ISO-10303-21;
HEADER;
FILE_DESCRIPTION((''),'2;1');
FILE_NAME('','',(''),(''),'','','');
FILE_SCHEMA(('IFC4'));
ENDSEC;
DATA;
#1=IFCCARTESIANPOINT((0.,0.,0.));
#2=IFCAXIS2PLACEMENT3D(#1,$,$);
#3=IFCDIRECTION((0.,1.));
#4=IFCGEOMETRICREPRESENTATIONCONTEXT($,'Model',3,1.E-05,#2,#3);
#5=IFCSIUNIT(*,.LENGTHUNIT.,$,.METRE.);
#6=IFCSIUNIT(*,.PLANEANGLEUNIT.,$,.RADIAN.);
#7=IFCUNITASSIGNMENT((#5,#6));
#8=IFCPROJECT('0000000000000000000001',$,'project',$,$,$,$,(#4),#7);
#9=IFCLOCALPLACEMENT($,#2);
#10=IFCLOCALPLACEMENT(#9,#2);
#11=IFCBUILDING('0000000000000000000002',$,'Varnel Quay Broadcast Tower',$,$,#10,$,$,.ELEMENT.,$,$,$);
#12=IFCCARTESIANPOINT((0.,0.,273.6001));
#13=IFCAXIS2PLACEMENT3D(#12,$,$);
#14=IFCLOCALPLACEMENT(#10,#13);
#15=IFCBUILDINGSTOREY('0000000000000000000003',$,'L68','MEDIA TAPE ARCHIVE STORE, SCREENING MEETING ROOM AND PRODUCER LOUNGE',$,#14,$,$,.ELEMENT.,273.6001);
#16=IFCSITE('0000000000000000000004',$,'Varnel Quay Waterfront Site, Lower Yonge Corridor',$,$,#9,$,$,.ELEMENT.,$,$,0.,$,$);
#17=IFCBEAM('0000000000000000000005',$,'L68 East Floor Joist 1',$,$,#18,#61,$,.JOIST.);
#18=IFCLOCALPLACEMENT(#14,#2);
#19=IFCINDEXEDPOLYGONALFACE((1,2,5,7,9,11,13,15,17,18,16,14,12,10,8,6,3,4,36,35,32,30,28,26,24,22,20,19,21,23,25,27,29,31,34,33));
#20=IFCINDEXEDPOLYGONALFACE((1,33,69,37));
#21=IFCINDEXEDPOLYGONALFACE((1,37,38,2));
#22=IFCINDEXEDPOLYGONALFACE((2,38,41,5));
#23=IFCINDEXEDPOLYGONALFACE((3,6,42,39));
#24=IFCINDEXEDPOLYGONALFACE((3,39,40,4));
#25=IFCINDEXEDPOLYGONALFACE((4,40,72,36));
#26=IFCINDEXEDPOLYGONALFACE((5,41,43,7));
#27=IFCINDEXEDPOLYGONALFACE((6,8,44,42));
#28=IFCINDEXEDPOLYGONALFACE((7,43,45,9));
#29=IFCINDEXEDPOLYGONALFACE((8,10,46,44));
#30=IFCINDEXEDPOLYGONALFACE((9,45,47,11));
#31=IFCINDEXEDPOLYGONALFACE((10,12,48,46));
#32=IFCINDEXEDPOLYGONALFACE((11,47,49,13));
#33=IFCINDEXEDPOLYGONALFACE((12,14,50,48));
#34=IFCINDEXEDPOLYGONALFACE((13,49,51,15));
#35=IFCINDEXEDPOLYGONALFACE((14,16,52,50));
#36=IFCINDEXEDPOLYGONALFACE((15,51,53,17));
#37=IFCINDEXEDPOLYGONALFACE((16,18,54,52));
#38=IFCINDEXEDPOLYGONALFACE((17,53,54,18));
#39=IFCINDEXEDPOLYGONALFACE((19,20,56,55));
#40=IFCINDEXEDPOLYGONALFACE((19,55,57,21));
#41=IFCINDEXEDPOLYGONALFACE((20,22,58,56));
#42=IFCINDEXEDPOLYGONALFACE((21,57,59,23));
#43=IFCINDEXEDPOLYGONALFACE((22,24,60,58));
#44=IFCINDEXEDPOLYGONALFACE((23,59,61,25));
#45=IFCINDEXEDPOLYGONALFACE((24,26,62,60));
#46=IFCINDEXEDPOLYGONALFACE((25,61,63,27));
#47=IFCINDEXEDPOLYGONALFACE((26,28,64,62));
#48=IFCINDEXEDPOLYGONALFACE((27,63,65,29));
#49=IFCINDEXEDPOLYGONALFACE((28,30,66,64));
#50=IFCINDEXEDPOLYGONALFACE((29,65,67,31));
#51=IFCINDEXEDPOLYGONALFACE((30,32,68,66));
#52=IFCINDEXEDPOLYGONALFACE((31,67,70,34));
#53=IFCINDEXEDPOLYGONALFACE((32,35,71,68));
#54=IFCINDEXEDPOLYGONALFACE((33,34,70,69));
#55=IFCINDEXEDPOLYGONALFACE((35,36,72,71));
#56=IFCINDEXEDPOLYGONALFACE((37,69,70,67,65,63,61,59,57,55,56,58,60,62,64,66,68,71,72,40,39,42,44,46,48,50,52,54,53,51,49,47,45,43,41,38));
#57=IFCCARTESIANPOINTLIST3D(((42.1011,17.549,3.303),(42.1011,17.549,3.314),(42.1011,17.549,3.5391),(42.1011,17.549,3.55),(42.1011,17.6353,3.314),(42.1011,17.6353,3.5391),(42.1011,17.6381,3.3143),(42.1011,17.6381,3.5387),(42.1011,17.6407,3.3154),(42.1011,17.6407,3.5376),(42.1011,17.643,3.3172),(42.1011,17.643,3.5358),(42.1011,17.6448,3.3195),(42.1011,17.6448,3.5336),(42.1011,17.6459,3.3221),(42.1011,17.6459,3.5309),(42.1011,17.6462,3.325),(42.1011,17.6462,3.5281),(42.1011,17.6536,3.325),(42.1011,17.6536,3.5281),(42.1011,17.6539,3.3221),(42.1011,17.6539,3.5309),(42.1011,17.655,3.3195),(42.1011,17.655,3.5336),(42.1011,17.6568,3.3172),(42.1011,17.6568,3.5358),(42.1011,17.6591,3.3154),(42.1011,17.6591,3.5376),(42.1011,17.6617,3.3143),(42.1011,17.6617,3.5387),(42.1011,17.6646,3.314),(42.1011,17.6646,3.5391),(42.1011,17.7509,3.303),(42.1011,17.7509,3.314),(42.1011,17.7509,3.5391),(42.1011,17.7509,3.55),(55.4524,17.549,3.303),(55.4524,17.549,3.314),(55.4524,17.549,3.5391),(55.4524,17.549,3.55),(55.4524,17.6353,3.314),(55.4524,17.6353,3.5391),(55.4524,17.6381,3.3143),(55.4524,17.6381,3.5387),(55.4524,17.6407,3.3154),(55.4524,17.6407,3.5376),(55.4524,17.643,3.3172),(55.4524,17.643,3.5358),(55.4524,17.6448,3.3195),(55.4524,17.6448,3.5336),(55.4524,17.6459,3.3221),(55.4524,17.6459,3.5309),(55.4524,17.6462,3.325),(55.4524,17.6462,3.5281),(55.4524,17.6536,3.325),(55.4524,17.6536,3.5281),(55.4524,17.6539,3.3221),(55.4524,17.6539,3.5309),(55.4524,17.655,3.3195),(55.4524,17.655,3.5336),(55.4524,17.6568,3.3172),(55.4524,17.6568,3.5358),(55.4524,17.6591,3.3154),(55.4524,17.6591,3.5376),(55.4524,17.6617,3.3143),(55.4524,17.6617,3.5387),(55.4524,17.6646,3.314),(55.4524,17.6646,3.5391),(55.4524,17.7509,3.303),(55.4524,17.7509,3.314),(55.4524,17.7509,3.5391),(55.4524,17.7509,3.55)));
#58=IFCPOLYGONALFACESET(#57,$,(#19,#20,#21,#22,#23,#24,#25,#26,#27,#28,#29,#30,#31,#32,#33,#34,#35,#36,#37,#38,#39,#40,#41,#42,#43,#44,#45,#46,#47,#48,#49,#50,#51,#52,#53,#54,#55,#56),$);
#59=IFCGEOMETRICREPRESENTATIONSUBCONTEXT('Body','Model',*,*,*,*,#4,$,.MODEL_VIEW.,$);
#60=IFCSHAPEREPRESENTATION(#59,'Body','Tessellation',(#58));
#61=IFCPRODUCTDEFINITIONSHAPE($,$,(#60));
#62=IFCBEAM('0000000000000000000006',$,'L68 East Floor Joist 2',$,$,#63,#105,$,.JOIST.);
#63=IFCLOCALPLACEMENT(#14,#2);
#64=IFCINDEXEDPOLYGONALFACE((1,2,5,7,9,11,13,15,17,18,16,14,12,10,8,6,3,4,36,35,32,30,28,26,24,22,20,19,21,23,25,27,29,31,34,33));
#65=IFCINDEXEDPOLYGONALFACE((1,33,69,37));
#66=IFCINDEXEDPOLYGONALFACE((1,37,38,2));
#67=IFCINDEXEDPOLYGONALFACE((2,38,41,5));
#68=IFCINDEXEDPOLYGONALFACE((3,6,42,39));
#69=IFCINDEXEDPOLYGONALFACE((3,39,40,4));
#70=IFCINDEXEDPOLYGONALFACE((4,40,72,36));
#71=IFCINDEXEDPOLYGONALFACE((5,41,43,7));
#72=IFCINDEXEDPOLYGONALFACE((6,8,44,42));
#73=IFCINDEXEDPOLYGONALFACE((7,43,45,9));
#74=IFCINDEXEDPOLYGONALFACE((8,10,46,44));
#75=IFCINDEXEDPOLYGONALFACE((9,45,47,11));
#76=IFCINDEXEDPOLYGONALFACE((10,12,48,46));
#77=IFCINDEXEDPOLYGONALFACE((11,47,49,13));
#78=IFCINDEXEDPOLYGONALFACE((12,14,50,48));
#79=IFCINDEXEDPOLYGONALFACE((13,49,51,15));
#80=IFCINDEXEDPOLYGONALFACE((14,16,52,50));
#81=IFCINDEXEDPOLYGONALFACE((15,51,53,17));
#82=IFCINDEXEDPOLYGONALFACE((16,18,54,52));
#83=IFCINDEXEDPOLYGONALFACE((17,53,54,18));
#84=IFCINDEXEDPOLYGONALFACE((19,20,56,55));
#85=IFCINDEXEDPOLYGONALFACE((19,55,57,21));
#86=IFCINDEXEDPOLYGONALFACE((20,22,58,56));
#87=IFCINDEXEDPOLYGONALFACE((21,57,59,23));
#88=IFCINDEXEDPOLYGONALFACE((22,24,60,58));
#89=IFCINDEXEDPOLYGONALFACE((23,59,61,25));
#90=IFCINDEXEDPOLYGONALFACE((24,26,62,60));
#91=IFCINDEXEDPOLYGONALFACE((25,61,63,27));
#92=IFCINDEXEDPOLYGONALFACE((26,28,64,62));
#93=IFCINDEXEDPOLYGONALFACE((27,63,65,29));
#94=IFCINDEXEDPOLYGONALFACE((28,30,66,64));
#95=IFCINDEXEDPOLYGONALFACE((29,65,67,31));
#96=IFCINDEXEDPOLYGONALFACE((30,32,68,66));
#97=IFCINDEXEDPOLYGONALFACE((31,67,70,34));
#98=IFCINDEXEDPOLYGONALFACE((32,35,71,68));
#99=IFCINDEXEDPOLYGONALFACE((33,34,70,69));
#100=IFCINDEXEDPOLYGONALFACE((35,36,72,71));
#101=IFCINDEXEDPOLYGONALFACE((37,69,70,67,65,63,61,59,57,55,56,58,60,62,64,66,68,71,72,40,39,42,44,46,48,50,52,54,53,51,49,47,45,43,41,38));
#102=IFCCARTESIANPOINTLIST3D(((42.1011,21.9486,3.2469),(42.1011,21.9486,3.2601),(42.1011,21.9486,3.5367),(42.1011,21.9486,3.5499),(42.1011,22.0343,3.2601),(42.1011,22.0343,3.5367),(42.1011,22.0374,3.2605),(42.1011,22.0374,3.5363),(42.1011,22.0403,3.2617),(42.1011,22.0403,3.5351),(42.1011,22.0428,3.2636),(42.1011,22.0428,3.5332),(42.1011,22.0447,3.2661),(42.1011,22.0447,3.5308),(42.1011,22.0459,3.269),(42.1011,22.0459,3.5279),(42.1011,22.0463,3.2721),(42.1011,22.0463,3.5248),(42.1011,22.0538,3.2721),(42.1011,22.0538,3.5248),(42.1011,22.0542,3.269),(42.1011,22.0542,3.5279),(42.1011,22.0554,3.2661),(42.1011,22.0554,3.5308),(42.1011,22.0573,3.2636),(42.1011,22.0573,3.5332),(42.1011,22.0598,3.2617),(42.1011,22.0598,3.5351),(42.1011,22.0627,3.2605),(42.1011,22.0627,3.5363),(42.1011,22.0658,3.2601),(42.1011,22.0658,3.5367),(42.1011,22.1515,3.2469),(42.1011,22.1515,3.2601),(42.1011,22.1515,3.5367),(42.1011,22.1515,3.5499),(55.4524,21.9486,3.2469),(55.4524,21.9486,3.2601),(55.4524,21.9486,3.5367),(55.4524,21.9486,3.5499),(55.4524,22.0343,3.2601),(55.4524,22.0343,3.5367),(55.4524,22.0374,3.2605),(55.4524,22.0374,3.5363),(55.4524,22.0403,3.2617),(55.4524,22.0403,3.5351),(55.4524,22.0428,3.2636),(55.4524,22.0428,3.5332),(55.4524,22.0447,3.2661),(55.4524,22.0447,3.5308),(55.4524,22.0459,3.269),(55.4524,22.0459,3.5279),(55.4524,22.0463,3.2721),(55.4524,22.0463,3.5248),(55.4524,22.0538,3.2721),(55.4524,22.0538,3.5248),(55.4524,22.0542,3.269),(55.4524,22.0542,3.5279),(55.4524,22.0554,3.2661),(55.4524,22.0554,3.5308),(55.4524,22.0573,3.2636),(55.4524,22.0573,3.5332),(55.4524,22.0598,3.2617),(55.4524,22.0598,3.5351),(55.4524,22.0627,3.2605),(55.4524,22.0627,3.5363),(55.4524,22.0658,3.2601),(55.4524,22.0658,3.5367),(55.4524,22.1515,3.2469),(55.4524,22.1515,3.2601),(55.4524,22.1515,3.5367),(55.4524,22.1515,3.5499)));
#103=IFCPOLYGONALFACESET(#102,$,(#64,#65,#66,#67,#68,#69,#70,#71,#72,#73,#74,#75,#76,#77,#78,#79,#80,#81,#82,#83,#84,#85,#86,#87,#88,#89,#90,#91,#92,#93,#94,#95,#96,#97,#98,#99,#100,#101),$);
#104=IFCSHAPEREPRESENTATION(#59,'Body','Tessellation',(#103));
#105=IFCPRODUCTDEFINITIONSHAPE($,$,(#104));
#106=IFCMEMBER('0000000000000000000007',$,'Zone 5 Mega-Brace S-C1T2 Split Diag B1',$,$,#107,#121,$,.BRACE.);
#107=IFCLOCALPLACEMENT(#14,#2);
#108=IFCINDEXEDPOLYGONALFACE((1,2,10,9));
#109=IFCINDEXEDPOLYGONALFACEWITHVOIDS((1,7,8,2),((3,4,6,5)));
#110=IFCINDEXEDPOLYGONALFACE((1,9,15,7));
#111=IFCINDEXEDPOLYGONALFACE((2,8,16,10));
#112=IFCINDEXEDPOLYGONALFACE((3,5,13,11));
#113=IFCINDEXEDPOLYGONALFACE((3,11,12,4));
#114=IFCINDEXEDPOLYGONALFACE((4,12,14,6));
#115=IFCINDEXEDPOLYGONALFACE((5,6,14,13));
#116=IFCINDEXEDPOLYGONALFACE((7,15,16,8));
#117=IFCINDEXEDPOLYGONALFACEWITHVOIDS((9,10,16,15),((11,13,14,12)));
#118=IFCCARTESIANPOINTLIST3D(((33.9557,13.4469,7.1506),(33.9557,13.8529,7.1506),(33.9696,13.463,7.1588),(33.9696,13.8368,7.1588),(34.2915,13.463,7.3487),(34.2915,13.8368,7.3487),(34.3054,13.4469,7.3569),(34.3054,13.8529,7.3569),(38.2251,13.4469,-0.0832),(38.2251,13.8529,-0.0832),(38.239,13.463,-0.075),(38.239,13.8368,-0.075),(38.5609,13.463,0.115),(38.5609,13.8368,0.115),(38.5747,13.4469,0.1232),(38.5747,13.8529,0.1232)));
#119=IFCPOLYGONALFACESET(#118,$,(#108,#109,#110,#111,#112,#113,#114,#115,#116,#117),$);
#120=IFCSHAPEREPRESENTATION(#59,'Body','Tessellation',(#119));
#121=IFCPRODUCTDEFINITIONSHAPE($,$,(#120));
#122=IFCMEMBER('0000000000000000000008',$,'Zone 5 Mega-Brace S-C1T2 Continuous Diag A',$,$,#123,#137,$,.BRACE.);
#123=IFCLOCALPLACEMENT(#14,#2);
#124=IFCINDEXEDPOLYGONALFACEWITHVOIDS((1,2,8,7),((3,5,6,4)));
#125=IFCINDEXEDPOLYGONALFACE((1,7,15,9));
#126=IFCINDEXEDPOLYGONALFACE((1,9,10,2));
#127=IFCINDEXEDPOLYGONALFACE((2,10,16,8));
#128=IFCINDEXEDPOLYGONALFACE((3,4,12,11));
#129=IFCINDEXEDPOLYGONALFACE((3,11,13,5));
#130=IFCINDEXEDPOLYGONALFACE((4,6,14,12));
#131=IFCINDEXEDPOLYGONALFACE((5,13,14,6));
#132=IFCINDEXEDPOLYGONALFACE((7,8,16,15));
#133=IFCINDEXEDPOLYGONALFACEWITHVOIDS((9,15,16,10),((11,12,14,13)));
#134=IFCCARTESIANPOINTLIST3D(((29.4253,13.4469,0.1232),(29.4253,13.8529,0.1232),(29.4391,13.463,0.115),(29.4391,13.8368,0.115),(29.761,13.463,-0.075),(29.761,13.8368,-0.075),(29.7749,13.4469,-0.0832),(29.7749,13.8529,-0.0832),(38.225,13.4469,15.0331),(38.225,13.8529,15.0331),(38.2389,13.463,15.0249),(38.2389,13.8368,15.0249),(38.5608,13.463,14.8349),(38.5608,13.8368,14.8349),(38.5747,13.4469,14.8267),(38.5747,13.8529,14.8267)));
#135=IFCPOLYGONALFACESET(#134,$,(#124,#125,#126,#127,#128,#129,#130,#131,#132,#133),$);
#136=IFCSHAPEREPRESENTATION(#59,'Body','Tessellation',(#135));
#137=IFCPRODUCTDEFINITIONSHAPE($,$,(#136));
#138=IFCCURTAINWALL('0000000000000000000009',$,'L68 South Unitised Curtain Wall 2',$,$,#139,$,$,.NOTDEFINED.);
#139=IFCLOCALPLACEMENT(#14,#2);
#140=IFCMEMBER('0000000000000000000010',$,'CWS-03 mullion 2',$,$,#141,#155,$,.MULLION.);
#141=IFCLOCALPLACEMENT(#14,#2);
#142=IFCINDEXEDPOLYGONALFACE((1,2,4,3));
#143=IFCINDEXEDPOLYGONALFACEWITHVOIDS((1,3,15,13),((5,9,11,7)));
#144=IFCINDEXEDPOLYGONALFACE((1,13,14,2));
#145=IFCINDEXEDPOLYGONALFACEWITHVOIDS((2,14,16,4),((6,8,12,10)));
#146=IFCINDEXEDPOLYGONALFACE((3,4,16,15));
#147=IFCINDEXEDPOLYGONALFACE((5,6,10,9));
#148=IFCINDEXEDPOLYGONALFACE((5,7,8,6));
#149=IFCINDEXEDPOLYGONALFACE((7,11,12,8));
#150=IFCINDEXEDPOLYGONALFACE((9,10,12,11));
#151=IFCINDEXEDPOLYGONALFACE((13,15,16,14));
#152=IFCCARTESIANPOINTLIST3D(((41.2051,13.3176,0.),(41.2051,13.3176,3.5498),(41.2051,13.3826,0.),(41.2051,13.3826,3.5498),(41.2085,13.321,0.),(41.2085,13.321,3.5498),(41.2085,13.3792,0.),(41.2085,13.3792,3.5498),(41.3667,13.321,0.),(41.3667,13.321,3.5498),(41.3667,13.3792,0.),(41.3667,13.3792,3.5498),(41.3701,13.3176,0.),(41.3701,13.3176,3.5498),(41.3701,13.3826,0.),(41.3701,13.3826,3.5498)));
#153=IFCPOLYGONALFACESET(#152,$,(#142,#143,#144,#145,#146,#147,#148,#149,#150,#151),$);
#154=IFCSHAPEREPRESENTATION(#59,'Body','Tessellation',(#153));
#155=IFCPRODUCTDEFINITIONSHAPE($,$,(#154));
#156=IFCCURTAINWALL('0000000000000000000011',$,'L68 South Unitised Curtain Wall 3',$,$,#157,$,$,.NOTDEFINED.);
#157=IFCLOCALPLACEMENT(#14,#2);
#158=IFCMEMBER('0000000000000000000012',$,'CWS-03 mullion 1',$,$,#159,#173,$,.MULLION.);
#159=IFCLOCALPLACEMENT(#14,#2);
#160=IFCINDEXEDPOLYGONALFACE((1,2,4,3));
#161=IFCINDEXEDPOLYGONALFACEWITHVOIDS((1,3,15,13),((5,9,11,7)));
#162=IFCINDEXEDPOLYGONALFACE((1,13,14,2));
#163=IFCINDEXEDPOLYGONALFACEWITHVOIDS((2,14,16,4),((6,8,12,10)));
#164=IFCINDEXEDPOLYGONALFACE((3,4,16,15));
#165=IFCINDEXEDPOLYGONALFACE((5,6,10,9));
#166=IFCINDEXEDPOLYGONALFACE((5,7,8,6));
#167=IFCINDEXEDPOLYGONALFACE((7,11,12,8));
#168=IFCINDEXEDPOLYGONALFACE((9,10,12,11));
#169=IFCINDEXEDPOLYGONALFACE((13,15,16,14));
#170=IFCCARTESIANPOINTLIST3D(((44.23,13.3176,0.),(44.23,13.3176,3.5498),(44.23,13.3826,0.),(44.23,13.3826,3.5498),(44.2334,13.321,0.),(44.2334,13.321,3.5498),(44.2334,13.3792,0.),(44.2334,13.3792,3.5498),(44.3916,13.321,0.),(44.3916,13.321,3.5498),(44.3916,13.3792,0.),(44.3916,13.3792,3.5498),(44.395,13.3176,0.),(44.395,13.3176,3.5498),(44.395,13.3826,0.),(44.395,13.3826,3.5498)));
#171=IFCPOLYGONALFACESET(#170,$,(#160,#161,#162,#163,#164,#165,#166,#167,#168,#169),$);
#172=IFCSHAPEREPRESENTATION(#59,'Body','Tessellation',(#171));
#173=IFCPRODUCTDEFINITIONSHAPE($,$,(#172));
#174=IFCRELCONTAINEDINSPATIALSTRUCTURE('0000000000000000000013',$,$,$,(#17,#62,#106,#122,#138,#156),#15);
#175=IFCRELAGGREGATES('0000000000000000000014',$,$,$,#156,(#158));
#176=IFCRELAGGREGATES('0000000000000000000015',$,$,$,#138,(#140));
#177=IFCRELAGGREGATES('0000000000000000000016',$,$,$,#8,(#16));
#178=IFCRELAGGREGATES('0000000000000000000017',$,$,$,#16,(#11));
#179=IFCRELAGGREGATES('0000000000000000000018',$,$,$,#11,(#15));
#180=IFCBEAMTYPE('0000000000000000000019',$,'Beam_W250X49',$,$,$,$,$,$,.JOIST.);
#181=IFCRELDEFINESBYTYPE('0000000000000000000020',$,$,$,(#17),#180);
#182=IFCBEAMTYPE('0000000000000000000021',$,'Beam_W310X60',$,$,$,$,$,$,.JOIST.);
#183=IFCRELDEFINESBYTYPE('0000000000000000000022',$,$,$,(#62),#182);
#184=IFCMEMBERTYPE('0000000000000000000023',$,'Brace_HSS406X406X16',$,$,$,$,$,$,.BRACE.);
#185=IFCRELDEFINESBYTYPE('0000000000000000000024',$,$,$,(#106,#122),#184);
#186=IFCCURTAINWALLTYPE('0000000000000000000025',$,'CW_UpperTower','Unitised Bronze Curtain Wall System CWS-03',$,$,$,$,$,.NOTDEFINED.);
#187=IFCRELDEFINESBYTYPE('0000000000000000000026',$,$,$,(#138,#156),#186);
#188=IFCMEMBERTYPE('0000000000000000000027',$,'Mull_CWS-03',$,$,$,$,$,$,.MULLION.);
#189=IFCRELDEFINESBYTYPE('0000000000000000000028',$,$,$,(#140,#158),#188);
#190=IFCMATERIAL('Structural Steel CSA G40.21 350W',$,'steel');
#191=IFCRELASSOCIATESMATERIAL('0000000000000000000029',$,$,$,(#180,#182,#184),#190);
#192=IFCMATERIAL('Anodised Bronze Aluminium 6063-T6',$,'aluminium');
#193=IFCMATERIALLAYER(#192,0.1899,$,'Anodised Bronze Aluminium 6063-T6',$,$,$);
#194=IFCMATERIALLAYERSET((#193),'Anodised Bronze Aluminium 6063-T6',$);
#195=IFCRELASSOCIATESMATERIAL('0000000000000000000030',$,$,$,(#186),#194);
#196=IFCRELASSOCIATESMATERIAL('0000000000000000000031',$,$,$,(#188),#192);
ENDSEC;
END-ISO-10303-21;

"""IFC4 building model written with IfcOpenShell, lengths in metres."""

from ifc_helpers import new_model, si_unit, direction, frame, origin, origin_2d, place, context, subcontext, project, spatial, hollow_rectangle, i_section, extrude, source, transform, mapped, material, layer, layer_set, material_profile, profile_set, type_object, type_shapes, element, aggregate, save


model = new_model("IFC4")

# Units and contexts
model_context = context("Model", 3, precision=1e-05, world=origin(), true_north=direction((0.0, 1.0)))
body_context = subcontext(model_context, "Body", "Model", "MODEL_VIEW")
ifc_project = project(units=[si_unit("LENGTHUNIT", "METRE"), si_unit("PLANEANGLEUNIT", "RADIAN")], contexts=[model_context])

# Site, building, storey
site_placement = place(None, origin())
site = spatial("IfcSite", under=ifc_project, at=site_placement, Name="Varnel Quay Waterfront Site, Lower Yonge Corridor", CompositionType="ELEMENT", RefElevation=0.0)
building_placement = place(site_placement, origin())
building = spatial("IfcBuilding", under=site, at=building_placement, Name="Varnel Quay Broadcast Tower", CompositionType="ELEMENT")
storey_placement = place(building_placement, frame((0.0, 0.0, 273.6001)))
storey = spatial("IfcBuildingStorey", under=building, at=storey_placement, Name="L68", Description="MEDIA TAPE ARCHIVE STORE, SCREENING MEETING ROOM AND PRODUCER LOUNGE", CompositionType="ELEMENT", Elevation=273.6001)

# Shared definitions
ifc_material_1 = material(Name="Structural Steel CSA G40.21 350W", Category="steel")

# Beams
ifc_material_profile_1 = material_profile(ifc_material_1, i_section(OverallWidth=0.2019, OverallDepth=0.2471, WebThickness=0.0073, FlangeThickness=0.011, FilletRadius=0.011, at=origin_2d()), Name="W250X49")
ifc_profile_set_1 = profile_set([ifc_material_profile_1], Name="Structural Steel CSA G40.21 350W")
beam_type_1 = type_object("IfcBeamType", Name="Beam_W250X49", PredefinedType="JOIST", material=ifc_profile_set_1)
shared_shape_1 = source(origin(), body_context, "Body", "SweptSolid", [
    extrude(i_section(OverallWidth=0.2019, OverallDepth=0.2471, WebThickness=0.0073, FlangeThickness=0.011, FilletRadius=0.011, at=origin_2d()), origin(), (0.0, 0.0, 1.0), 13.3513),
])
type_shapes(beam_type_1, [shared_shape_1])
beam_1_placement = place(storey_placement, frame((42.1011, 17.6499, 3.4265), z_axis=(1.0, 0.0, 0.0), x_axis=(0.0, 1.0, 0.0)))
element("IfcBeam", 1, at=beam_1_placement, inside=storey, type_object=beam_type_1, Name="L68 East Floor Joist 1", PredefinedType="JOIST", context=body_context, shape_type="MappedRepresentation", body=[
    mapped(shared_shape_1, transform((0.0, 0.0, 0.0), x_axis=(1.0, 0.0, 0.0), y_axis=(0.0, 1.0, 0.0), z_axis=(0.0, 0.0, 1.0), scale=1.0)),
])
ifc_material_profile_2 = material_profile(ifc_material_1, i_section(OverallWidth=0.2029, OverallDepth=0.303, WebThickness=0.0076, FlangeThickness=0.0132, FilletRadius=0.012, at=origin_2d()), Name="W310X60")
ifc_profile_set_2 = profile_set([ifc_material_profile_2], Name="Structural Steel CSA G40.21 350W")
beam_type_2 = type_object("IfcBeamType", Name="Beam_W310X60", PredefinedType="JOIST", material=ifc_profile_set_2)
shared_shape_2 = source(origin(), body_context, "Body", "SweptSolid", [
    extrude(i_section(OverallWidth=0.2029, OverallDepth=0.303, WebThickness=0.0076, FlangeThickness=0.0132, FilletRadius=0.012, at=origin_2d()), origin(), (0.0, 0.0, 1.0), 13.3513),
])
type_shapes(beam_type_2, [shared_shape_2])
beam_2_placement = place(storey_placement, frame((42.1011, 22.05, 3.3984), z_axis=(1.0, 0.0, 0.0), x_axis=(0.0, 1.0, 0.0)))
element("IfcBeam", 2, at=beam_2_placement, inside=storey, type_object=beam_type_2, Name="L68 East Floor Joist 2", PredefinedType="JOIST", context=body_context, shape_type="MappedRepresentation", body=[
    mapped(shared_shape_2, transform((0.0, 0.0, 0.0), x_axis=(1.0, 0.0, 0.0), y_axis=(0.0, 1.0, 0.0), z_axis=(0.0, 0.0, 1.0), scale=1.0)),
])

# Members
ifc_material_profile_3 = material_profile(ifc_material_1, hollow_rectangle(XDim=0.406, YDim=0.406, WallThickness=0.0161, at=origin_2d()), Name="HSS406X406X16")
ifc_profile_set_3 = profile_set([ifc_material_profile_3], Name="Structural Steel CSA G40.21 350W")
member_type_1 = type_object("IfcMemberType", Name="Brace_HSS406X406X16", PredefinedType="BRACE", material=ifc_profile_set_3)
shared_shape_3 = source(origin(), body_context, "Body", "SweptSolid", [
    extrude(hollow_rectangle(XDim=0.406, YDim=0.406, WallThickness=0.0161, at=origin_2d()), origin(), (0.0, 0.0, 1.0), 8.3997),
])
member_1_placement = place(storey_placement, frame((38.3999, 13.6499, 0.02), z_axis=(-0.508276, 0.0, 0.861194), x_axis=(0.0, -1.0, 0.0)))
element("IfcMember", 3, at=member_1_placement, inside=storey, type_object=member_type_1, Name="Zone 5 Mega-Brace S-C1T2 Split Diag B1", PredefinedType="BRACE", context=body_context, shape_type="MappedRepresentation", body=[
    mapped(shared_shape_3, transform((0.0, 0.0, 0.0), x_axis=(1.0, 0.0, 0.0), y_axis=(0.0, 1.0, 0.0), z_axis=(0.0, 0.0, 1.0), scale=1.0)),
])
shared_shape_4 = source(origin(), body_context, "Body", "SweptSolid", [
    extrude(hollow_rectangle(XDim=0.406, YDim=0.406, WallThickness=0.0161, at=origin_2d()), origin(), (0.0, 0.0, 1.0), 17.313),
])
type_shapes(member_type_1, [shared_shape_3, shared_shape_4])
member_2_placement = place(storey_placement, frame((29.6001, 13.6499, 0.02), z_axis=(0.508276, 0.0, 0.861195), x_axis=(0.0, 1.0, 0.0)))
element("IfcMember", 4, at=member_2_placement, inside=storey, type_object=member_type_1, Name="Zone 5 Mega-Brace S-C1T2 Continuous Diag A", PredefinedType="BRACE", context=body_context, shape_type="MappedRepresentation", body=[
    mapped(shared_shape_4, transform((0.0, 0.0, 0.0), x_axis=(1.0, 0.0, 0.0), y_axis=(0.0, 1.0, 0.0), z_axis=(0.0, 0.0, 1.0), scale=1.0)),
])

# Curtain walls, members
ifc_material_2 = material(Name="Anodised Bronze Aluminium 6063-T6", Category="aluminium")
ifc_layer_1 = layer(ifc_material_2, 0.1899, Name="Anodised Bronze Aluminium 6063-T6")
ifc_layer_set_1 = layer_set([ifc_layer_1], Name="Anodised Bronze Aluminium 6063-T6")
curtain_wall_type = type_object("IfcCurtainWallType", Name="CW_UpperTower", Description="Unitised Bronze Curtain Wall System CWS-03", PredefinedType="NOTDEFINED", material=ifc_layer_set_1)
curtain_wall_1_placement = place(storey_placement, origin())
curtain_wall_1 = element("IfcCurtainWall", 5, at=curtain_wall_1_placement, inside=storey, type_object=curtain_wall_type, Name="L68 South Unitised Curtain Wall 2", PredefinedType="NOTDEFINED")
ifc_material_profile_4 = material_profile(ifc_material_2, hollow_rectangle(XDim=0.0649, YDim=0.165, WallThickness=0.0034, at=origin_2d()), Name="ALU65X165X3.5")
ifc_profile_set_4 = profile_set([ifc_material_profile_4], Name="Anodised Bronze Aluminium 6063-T6")
member_type_2 = type_object("IfcMemberType", Name="Mull_CWS-03", PredefinedType="MULLION", material=ifc_profile_set_4)
shared_shape_5 = source(origin(), body_context, "Body", "SweptSolid", [
    extrude(hollow_rectangle(XDim=0.0649, YDim=0.165, WallThickness=0.0034, at=origin_2d()), origin(), (0.0, 0.0, 1.0), 3.5498),
])
type_shapes(member_type_2, [shared_shape_5])
member_3_placement = place(storey_placement, frame((41.2876, 13.3501, 0.0), z_axis=(0.0, 0.0, 1.0), x_axis=(0.0, 1.0, 0.0)))
member_3 = element("IfcMember", 6, at=member_3_placement, type_object=member_type_2, Name="CWS-03 mullion 2", PredefinedType="MULLION", context=body_context, shape_type="MappedRepresentation", body=[
    mapped(shared_shape_5, transform((0.0, 0.0, 0.0), x_axis=(1.0, 0.0, 0.0), y_axis=(0.0, 1.0, 0.0), z_axis=(0.0, 0.0, 1.0), scale=1.0)),
])
curtain_wall_2_placement = place(storey_placement, origin())
curtain_wall_2 = element("IfcCurtainWall", 7, at=curtain_wall_2_placement, inside=storey, type_object=curtain_wall_type, Name="L68 South Unitised Curtain Wall 3", PredefinedType="NOTDEFINED")
member_4_placement = place(storey_placement, frame((44.3125, 13.3501, 0.0), z_axis=(0.0, 0.0, 1.0), x_axis=(0.0, 1.0, 0.0)))
member_4 = element("IfcMember", 8, at=member_4_placement, type_object=member_type_2, Name="CWS-03 mullion 1", PredefinedType="MULLION", context=body_context, shape_type="MappedRepresentation", body=[
    mapped(shared_shape_5, transform((0.0, 0.0, 0.0), x_axis=(1.0, 0.0, 0.0), y_axis=(0.0, 1.0, 0.0), z_axis=(0.0, 0.0, 1.0), scale=1.0)),
])
aggregate(curtain_wall_2, [member_4])

aggregate(curtain_wall_1, [member_3])

save(model, "model.ifc")
